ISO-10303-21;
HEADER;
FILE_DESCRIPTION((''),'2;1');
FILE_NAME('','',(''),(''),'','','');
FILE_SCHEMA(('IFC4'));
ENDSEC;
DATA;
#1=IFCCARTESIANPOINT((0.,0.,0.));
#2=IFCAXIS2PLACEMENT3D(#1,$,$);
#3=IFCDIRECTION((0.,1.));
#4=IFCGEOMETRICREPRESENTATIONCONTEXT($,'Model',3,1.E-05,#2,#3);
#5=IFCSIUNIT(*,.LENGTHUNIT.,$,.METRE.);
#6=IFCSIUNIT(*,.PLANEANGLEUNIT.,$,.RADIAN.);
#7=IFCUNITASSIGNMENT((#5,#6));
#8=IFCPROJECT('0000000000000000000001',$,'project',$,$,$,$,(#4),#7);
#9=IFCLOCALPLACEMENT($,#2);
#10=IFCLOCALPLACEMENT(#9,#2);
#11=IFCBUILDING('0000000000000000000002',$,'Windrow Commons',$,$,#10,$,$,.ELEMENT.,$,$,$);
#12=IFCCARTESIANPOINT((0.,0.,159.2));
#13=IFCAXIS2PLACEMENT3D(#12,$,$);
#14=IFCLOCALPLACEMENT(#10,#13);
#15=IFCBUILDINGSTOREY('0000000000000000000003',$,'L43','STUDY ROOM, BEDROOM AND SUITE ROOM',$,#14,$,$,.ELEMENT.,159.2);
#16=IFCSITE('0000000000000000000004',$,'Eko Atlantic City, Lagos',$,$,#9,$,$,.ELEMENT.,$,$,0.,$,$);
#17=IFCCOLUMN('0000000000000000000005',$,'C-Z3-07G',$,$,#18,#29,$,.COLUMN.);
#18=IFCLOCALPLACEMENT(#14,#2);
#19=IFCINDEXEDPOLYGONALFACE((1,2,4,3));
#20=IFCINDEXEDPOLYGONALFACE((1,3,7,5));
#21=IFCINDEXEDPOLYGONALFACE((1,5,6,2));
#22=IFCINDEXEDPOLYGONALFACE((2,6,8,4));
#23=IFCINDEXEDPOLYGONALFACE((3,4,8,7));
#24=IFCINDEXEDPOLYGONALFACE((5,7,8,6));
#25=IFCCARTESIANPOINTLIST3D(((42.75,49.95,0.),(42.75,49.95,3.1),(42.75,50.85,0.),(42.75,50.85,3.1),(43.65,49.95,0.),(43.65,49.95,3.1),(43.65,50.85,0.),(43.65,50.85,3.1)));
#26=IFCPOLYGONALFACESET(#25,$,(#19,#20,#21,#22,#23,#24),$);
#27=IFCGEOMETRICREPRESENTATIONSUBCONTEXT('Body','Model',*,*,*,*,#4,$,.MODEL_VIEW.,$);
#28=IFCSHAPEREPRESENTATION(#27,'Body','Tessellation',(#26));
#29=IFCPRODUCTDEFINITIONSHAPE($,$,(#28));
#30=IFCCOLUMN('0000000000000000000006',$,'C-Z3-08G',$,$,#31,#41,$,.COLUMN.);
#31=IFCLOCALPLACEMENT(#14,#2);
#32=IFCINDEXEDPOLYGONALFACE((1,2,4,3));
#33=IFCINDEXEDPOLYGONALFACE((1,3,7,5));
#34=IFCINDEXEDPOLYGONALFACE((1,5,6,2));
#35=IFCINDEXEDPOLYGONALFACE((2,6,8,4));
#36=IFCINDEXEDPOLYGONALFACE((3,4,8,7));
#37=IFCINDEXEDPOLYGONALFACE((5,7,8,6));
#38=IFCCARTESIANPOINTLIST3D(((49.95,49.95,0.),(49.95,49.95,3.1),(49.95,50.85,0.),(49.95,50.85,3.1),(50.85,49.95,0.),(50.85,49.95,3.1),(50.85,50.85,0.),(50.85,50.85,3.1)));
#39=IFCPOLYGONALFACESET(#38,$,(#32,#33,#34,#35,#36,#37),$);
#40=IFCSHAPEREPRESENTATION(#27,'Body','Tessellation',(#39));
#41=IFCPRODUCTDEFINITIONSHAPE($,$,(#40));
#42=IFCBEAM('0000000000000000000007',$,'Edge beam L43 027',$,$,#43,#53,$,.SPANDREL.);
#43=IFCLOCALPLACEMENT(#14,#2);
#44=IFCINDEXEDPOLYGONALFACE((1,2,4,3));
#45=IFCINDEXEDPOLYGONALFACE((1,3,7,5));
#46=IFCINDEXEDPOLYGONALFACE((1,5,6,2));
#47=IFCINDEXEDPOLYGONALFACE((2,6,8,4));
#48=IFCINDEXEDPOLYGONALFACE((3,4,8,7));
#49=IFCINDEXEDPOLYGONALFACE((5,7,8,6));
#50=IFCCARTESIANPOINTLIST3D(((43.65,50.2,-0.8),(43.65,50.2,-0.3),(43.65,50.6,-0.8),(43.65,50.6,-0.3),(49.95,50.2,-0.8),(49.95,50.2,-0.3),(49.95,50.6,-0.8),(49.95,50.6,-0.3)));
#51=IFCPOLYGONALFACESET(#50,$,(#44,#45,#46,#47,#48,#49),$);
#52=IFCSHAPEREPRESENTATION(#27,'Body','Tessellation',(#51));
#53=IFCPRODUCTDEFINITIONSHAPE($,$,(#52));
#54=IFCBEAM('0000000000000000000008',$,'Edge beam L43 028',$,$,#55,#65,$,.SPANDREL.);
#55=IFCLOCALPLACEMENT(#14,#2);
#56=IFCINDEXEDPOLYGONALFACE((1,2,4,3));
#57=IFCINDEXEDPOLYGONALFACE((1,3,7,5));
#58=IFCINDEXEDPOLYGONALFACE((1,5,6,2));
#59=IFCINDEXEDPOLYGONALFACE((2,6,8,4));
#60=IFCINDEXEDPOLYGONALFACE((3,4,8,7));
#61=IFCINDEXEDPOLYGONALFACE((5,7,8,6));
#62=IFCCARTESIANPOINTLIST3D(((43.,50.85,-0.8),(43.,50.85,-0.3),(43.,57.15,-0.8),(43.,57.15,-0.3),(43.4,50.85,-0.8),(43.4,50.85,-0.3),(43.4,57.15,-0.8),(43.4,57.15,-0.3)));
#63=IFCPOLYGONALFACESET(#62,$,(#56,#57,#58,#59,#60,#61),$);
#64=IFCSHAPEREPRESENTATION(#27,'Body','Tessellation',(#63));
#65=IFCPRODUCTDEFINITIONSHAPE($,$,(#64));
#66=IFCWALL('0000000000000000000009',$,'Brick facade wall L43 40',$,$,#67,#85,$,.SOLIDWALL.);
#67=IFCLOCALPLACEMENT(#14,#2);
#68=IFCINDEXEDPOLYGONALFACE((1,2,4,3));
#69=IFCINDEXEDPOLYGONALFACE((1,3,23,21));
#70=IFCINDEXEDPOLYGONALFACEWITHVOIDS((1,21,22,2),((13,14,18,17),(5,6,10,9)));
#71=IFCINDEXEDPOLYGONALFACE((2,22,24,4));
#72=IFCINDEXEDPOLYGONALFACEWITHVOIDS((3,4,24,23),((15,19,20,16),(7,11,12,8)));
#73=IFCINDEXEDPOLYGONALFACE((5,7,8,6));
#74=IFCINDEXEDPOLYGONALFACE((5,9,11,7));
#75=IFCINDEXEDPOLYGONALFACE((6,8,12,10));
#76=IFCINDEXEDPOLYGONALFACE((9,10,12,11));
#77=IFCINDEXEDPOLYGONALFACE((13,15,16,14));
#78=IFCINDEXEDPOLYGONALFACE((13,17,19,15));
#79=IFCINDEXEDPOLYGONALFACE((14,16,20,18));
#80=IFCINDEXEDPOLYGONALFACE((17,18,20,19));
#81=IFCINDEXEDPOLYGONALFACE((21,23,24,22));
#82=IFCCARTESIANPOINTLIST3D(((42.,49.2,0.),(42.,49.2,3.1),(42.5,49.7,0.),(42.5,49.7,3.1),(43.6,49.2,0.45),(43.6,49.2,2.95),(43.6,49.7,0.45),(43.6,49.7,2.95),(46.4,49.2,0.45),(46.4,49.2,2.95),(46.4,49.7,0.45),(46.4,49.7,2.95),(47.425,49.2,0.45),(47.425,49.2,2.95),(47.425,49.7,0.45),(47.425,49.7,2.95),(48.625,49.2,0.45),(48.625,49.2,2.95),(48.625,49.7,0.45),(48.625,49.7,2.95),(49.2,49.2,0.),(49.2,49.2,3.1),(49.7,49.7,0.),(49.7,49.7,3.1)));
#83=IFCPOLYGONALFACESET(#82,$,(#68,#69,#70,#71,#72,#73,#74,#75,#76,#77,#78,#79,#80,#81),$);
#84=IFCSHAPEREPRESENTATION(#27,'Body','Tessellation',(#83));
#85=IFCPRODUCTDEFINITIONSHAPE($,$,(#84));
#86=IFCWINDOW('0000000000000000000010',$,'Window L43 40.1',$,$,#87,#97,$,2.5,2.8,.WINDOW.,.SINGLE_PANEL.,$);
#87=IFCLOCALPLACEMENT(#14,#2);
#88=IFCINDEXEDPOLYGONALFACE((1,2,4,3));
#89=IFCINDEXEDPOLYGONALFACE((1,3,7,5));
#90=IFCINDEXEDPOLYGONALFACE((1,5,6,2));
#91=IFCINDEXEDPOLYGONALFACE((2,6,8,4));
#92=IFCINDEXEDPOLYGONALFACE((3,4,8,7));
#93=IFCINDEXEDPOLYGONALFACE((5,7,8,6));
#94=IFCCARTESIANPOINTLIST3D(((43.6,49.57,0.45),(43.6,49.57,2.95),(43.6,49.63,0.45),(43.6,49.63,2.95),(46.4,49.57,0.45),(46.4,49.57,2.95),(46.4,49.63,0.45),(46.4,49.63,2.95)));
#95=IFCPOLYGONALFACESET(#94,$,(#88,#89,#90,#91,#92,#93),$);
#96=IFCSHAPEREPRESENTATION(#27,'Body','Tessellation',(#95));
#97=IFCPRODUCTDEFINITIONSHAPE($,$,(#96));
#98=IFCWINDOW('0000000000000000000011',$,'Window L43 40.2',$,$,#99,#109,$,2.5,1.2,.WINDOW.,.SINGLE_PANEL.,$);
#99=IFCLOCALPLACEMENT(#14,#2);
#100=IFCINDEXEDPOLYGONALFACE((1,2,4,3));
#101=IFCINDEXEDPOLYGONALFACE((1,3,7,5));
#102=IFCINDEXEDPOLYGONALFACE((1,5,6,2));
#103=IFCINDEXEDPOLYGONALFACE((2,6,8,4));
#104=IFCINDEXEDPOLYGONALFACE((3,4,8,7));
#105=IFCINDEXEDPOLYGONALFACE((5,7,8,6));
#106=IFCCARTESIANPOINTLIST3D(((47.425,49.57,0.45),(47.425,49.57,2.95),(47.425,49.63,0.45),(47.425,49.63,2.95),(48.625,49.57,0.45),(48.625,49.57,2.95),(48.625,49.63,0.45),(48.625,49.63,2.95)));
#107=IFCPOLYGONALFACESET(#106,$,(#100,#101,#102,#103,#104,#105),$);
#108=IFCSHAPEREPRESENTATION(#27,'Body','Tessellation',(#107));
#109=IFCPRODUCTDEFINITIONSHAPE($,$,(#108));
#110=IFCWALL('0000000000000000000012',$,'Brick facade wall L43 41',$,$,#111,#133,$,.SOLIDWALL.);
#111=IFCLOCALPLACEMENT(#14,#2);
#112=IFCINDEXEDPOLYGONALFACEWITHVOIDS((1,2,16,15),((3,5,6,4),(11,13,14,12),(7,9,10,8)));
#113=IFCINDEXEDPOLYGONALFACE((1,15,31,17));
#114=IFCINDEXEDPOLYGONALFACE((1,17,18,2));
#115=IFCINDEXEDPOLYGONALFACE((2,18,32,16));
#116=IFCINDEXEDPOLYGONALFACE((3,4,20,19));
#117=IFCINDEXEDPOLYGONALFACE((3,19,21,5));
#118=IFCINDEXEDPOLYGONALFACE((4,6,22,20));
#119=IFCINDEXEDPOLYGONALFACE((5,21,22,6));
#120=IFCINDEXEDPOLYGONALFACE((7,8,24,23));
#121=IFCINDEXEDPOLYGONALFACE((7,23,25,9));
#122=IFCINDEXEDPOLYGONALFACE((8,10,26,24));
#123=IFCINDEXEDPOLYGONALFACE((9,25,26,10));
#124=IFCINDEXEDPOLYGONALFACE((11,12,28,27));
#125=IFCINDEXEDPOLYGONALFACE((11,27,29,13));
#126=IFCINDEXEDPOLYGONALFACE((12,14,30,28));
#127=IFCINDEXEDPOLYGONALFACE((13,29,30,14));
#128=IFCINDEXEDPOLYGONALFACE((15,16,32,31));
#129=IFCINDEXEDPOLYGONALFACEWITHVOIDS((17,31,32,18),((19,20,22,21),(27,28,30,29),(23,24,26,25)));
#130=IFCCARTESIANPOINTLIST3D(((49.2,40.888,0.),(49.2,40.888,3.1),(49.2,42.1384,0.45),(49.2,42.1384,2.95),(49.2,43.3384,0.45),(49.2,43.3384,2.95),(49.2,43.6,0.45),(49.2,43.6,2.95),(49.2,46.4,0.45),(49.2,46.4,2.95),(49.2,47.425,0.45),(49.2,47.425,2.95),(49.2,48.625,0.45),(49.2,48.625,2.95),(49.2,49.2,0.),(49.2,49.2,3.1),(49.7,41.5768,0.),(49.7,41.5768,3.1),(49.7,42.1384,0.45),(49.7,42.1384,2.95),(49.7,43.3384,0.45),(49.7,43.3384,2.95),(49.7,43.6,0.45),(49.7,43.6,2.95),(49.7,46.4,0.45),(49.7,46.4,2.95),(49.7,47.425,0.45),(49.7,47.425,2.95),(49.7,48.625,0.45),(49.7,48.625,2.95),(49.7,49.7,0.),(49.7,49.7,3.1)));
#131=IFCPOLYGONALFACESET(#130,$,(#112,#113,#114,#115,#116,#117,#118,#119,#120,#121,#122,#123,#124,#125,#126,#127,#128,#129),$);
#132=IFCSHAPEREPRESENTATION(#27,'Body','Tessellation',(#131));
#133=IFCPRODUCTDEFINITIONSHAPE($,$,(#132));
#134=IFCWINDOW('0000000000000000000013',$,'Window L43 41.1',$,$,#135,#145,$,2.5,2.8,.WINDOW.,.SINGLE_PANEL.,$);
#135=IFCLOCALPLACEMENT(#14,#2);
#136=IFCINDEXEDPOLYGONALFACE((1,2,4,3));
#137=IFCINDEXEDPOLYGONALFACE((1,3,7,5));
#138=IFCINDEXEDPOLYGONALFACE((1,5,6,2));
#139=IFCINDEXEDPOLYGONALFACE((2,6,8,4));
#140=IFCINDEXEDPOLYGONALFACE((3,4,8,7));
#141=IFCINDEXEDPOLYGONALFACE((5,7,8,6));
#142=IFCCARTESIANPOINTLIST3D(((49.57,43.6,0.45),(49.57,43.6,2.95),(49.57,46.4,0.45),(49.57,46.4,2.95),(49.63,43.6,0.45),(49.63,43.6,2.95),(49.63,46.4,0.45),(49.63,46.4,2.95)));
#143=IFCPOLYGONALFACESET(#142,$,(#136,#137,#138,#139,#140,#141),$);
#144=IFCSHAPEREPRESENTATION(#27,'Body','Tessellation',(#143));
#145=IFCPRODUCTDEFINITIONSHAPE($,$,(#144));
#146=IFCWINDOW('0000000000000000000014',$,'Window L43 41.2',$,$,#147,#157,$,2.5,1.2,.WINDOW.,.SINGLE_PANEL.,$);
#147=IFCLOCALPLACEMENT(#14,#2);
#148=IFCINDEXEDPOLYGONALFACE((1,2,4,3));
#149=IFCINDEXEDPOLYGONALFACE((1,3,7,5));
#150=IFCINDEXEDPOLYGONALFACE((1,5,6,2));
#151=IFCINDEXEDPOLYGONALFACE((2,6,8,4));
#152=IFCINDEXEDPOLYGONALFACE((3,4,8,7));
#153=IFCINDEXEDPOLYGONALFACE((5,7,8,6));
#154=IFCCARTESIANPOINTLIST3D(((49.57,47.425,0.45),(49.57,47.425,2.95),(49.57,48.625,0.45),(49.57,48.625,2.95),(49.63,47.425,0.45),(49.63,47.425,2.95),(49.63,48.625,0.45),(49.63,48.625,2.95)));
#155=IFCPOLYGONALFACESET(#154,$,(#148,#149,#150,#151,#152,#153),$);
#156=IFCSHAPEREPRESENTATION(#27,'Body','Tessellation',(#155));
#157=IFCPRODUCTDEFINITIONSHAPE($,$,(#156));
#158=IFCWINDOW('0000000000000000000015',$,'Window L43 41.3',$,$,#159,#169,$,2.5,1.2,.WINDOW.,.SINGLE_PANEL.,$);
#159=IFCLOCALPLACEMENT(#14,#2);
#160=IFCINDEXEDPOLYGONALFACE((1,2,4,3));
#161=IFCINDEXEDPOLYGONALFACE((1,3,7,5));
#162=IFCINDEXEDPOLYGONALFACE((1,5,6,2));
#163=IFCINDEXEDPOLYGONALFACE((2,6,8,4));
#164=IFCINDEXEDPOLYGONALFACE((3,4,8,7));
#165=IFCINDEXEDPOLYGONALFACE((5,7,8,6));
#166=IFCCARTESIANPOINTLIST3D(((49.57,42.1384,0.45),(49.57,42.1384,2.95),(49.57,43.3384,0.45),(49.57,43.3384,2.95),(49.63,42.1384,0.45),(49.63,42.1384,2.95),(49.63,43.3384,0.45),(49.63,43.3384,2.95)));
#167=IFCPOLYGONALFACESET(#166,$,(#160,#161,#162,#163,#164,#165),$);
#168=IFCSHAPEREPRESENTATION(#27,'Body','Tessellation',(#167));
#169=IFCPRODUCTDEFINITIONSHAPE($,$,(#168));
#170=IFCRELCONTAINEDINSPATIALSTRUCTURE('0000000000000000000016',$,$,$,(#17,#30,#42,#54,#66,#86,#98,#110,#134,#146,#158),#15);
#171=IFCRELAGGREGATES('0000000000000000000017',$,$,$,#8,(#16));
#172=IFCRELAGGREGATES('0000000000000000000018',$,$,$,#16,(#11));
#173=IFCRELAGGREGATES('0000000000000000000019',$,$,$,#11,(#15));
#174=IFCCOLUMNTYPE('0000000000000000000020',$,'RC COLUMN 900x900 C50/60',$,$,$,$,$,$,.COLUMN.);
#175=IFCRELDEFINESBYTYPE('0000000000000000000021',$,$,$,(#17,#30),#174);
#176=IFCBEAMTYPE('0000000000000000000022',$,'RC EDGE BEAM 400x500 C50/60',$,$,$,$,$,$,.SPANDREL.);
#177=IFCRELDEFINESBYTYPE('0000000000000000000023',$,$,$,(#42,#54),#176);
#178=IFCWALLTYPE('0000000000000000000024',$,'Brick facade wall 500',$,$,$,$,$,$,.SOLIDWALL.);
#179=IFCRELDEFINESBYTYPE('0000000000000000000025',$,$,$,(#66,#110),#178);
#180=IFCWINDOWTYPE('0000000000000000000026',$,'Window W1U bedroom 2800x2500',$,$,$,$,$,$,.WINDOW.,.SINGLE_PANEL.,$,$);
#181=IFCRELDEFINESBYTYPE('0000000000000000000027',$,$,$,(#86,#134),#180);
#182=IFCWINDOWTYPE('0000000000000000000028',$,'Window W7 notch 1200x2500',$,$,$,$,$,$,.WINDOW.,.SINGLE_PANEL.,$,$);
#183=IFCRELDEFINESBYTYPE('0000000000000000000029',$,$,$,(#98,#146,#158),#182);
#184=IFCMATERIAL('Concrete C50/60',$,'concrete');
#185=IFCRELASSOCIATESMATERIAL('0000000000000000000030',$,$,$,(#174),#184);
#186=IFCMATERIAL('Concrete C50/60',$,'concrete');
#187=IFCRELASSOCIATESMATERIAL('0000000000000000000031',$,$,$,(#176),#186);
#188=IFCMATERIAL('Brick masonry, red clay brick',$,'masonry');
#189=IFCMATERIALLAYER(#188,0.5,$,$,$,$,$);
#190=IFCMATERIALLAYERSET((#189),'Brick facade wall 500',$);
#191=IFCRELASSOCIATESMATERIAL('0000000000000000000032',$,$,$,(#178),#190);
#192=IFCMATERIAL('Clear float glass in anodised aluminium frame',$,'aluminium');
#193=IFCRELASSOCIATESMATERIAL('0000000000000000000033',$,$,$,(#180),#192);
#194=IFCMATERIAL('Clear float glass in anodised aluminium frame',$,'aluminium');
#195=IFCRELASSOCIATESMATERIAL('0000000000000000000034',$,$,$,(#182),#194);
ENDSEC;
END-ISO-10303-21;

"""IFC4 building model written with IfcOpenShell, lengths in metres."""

from ifc_helpers import new_model, si_unit, direction, frame, frame_2d, origin, origin_2d, place, context, subcontext, project, spatial, polyline, rectangle, outline, extrude, material, layer, layer_set, material_profile, profile_set, type_object, element, fill, save


model = new_model("IFC4")

# Units and contexts
model_context = context("Model", 3, precision=1e-05, world=origin(), true_north=direction((0.0, 1.0)))
body_context = subcontext(model_context, "Body", "Model", "MODEL_VIEW")
ifc_project = project(units=[si_unit("LENGTHUNIT", "METRE"), si_unit("PLANEANGLEUNIT", "RADIAN")], contexts=[model_context])

# Site, building, storey
site_placement = place(None, origin())
site = spatial("IfcSite", under=ifc_project, at=site_placement, Name="Eko Atlantic City, Lagos", CompositionType="ELEMENT", RefElevation=0.0)
building_placement = place(site_placement, origin())
building = spatial("IfcBuilding", under=site, at=building_placement, Name="Windrow Commons", CompositionType="ELEMENT")
storey_placement = place(building_placement, frame((0.0, 0.0, 159.2)))
storey = spatial("IfcBuildingStorey", under=building, at=storey_placement, Name="L43", Description="STUDY ROOM, BEDROOM AND SUITE ROOM", CompositionType="ELEMENT", Elevation=159.2)

# Columns
ifc_material_1 = material(Name="Concrete C50/60", Category="concrete")
ifc_material_profile_1 = material_profile(ifc_material_1, rectangle(XDim=0.9, YDim=0.9, at=origin_2d()))
ifc_profile_set_1 = profile_set([ifc_material_profile_1], Name="Concrete C50/60")
column_type = type_object("IfcColumnType", Name="RC COLUMN 900x900 C50/60", PredefinedType="COLUMN", material=ifc_profile_set_1)
for number, where, z_axis, x_axis, name in (
    (1, (43.2, 50.4, 0.0), (0.0, 0.0, 1.0), (1.0, 0.0, 0.0), "C-Z3-07G"),
    (2, (50.4, 50.4, 0.0), (0.0, 0.0, 1.0), (1.0, 0.0, 0.0), "C-Z3-08G"),
):
    element("IfcColumn", number, at=place(storey_placement, frame(where, z_axis=z_axis, x_axis=x_axis)), inside=storey, type_object=column_type, Name=name, PredefinedType="COLUMN", context=body_context, shape_type="SweptSolid", body=[
        extrude(rectangle(XDim=0.9, YDim=0.9, at=origin_2d()), origin(), (0.0, 0.0, 1.0), 3.1),
    ])

# Beams
ifc_material_2 = material(Name="Concrete C50/60", Category="concrete")
ifc_material_profile_2 = material_profile(ifc_material_2, rectangle(XDim=0.4, YDim=0.5, at=origin_2d()))
ifc_profile_set_2 = profile_set([ifc_material_profile_2], Name="Concrete C50/60")
beam_type = type_object("IfcBeamType", Name="RC EDGE BEAM 400x500 C50/60", PredefinedType="SPANDREL", material=ifc_profile_set_2)
for number, where, z_axis, x_axis, name in (
    (3, (49.95, 50.4, -0.55), (-1.0, 0.0, 0.0), (0.0, -1.0, 0.0), "Edge beam L43 027"),
    (4, (43.2, 50.85, -0.55), (0.0, 1.0, 0.0), (-1.0, 0.0, 0.0), "Edge beam L43 028"),
):
    element("IfcBeam", number, at=place(storey_placement, frame(where, z_axis=z_axis, x_axis=x_axis)), inside=storey, type_object=beam_type, Name=name, PredefinedType="SPANDREL", context=body_context, shape_type="SweptSolid", body=[
        extrude(rectangle(XDim=0.4, YDim=0.5, at=origin_2d()), origin(), (0.0, 0.0, 1.0), 6.3),
    ])

# Walls, openings, windows
ifc_material_3 = material(Name="Brick masonry, red clay brick", Category="masonry")
ifc_layer_1 = layer(ifc_material_3, 0.5)
ifc_layer_set_1 = layer_set([ifc_layer_1], Name="Brick facade wall 500")
wall_type_1 = type_object("IfcWallType", Name="Brick facade wall 500", PredefinedType="SOLIDWALL", material=ifc_layer_set_1)
wall_1_placement = place(storey_placement, frame((42.25, 49.45, 0.0), z_axis=(0.0, 0.0, 1.0), x_axis=(1.0, 0.0, 0.0)))
wall_1 = element("IfcWall", 5, at=wall_1_placement, inside=storey, type_object=wall_type_1, Name="Brick facade wall L43 40", PredefinedType="SOLIDWALL", context=body_context, shape_type="SweptSolid", body=[
    extrude(outline(polyline([(-0.25, -0.25), (6.95, -0.25), (7.45, 0.25), (0.25, 0.25), (-0.25, -0.25)])), origin(), (0.0, 0.0, 1.0), 3.1),
])
opening_1_placement = place(wall_1_placement, frame((1.35, 0.0, 0.45)))
opening_1 = element("IfcOpeningElement", 6, at=opening_1_placement, cuts=wall_1, PredefinedType="OPENING", context=body_context, shape_type="SweptSolid", body=[
    extrude(rectangle(XDim=2.8, YDim=2.5, at=frame_2d((1.4, 1.25))), frame((0.0, 0.26, 0.0), z_axis=(0.0, -1.0, 0.0), x_axis=(1.0, 0.0, 0.0)), (0.0, 0.0, 1.0), 0.52),
])
opening_2_placement = place(wall_1_placement, frame((5.175, 0.0, 0.45)))
opening_2 = element("IfcOpeningElement", 7, at=opening_2_placement, cuts=wall_1, PredefinedType="OPENING", context=body_context, shape_type="SweptSolid", body=[
    extrude(rectangle(XDim=1.2, YDim=2.5, at=frame_2d((0.6, 1.25))), frame((0.0, 0.26, 0.0), z_axis=(0.0, -1.0, 0.0), x_axis=(1.0, 0.0, 0.0)), (0.0, 0.0, 1.0), 0.52),
])
ifc_material_4 = material(Name="Clear float glass in anodised aluminium frame", Category="aluminium")
window_type_1 = type_object("IfcWindowType", Name="Window W1U bedroom 2800x2500", PartitioningType="SINGLE_PANEL", PredefinedType="WINDOW", material=ifc_material_4)
window_1_placement = place(opening_1_placement, origin())
window_1 = element("IfcWindow", 8, at=window_1_placement, inside=storey, type_object=window_type_1, Name="Window L43 40.1", OverallHeight=2.5, OverallWidth=2.8, PartitioningType="SINGLE_PANEL", PredefinedType="WINDOW", context=body_context, shape_type="SweptSolid", body=[
    extrude(rectangle(XDim=2.8, YDim=2.5, at=frame_2d((1.4, 1.25))), frame((0.0, 0.18, 0.0), z_axis=(0.0, -1.0, 0.0), x_axis=(1.0, 0.0, 0.0)), (0.0, 0.0, 1.0), 0.06),
])
fill(opening_1, window_1)
ifc_material_5 = material(Name="Clear float glass in anodised aluminium frame", Category="aluminium")
window_type_2 = type_object("IfcWindowType", Name="Window W7 notch 1200x2500", PartitioningType="SINGLE_PANEL", PredefinedType="WINDOW", material=ifc_material_5)
window_2_placement = place(opening_2_placement, origin())
window_2 = element("IfcWindow", 9, at=window_2_placement, inside=storey, type_object=window_type_2, Name="Window L43 40.2", OverallHeight=2.5, OverallWidth=1.2, PartitioningType="SINGLE_PANEL", PredefinedType="WINDOW", context=body_context, shape_type="SweptSolid", body=[
    extrude(rectangle(XDim=1.2, YDim=2.5, at=frame_2d((0.6, 1.25))), frame((0.0, 0.18, 0.0), z_axis=(0.0, -1.0, 0.0), x_axis=(1.0, 0.0, 0.0)), (0.0, 0.0, 1.0), 0.06),
])
fill(opening_2, window_2)
wall_2_placement = place(storey_placement, frame((49.45, 49.45, 0.0), z_axis=(0.0, 0.0, 1.0), x_axis=(0.0, -1.0, 0.0)))
wall_2 = element("IfcWall", 10, at=wall_2_placement, inside=storey, type_object=wall_type_1, Name="Brick facade wall L43 41", PredefinedType="SOLIDWALL", context=body_context, shape_type="SweptSolid", body=[
    extrude(outline(polyline([(0.25, -0.25), (8.562, -0.25), (7.8732, 0.25), (-0.25, 0.25), (0.25, -0.25)])), origin(), (0.0, 0.0, 1.0), 3.1),
])
opening_3_placement = place(wall_2_placement, frame((3.05, 0.0, 0.45)))
opening_3 = element("IfcOpeningElement", 11, at=opening_3_placement, cuts=wall_2, PredefinedType="OPENING", context=body_context, shape_type="SweptSolid", body=[
    extrude(rectangle(XDim=2.8, YDim=2.5, at=frame_2d((1.4, 1.25))), frame((0.0, 0.26, 0.0), z_axis=(0.0, -1.0, 0.0), x_axis=(1.0, 0.0, 0.0)), (0.0, 0.0, 1.0), 0.52),
])
opening_4_placement = place(wall_2_placement, frame((0.825, 0.0, 0.45)))
opening_4 = element("IfcOpeningElement", 12, at=opening_4_placement, cuts=wall_2, PredefinedType="OPENING", context=body_context, shape_type="SweptSolid", body=[
    extrude(rectangle(XDim=1.2, YDim=2.5, at=frame_2d((0.6, 1.25))), frame((0.0, 0.26, 0.0), z_axis=(0.0, -1.0, 0.0), x_axis=(1.0, 0.0, 0.0)), (0.0, 0.0, 1.0), 0.52),
])
opening_5_placement = place(wall_2_placement, frame((6.1116, 0.0, 0.45)))
opening_5 = element("IfcOpeningElement", 13, at=opening_5_placement, cuts=wall_2, PredefinedType="OPENING", context=body_context, shape_type="SweptSolid", body=[
    extrude(rectangle(XDim=1.2, YDim=2.5, at=frame_2d((0.6, 1.25))), frame((0.0, 0.26, 0.0), z_axis=(0.0, -1.0, 0.0), x_axis=(1.0, 0.0, 0.0)), (0.0, 0.0, 1.0), 0.52),
])
window_3_placement = place(opening_3_placement, origin())
window_3 = element("IfcWindow", 14, at=window_3_placement, inside=storey, type_object=window_type_1, Name="Window L43 41.1", OverallHeight=2.5, OverallWidth=2.8, PartitioningType="SINGLE_PANEL", PredefinedType="WINDOW", context=body_context, shape_type="SweptSolid", body=[
    extrude(rectangle(XDim=2.8, YDim=2.5, at=frame_2d((1.4, 1.25))), frame((0.0, 0.18, 0.0), z_axis=(0.0, -1.0, 0.0), x_axis=(1.0, 0.0, 0.0)), (0.0, 0.0, 1.0), 0.06),
])
fill(opening_3, window_3)
window_4_placement = place(opening_4_placement, origin())
window_4 = element("IfcWindow", 15, at=window_4_placement, inside=storey, type_object=window_type_2, Name="Window L43 41.2", OverallHeight=2.5, OverallWidth=1.2, PartitioningType="SINGLE_PANEL", PredefinedType="WINDOW", context=body_context, shape_type="SweptSolid", body=[
    extrude(rectangle(XDim=1.2, YDim=2.5, at=frame_2d((0.6, 1.25))), frame((0.0, 0.18, 0.0), z_axis=(0.0, -1.0, 0.0), x_axis=(1.0, 0.0, 0.0)), (0.0, 0.0, 1.0), 0.06),
])
fill(opening_4, window_4)
window_5_placement = place(opening_5_placement, origin())
window_5 = element("IfcWindow", 16, at=window_5_placement, inside=storey, type_object=window_type_2, Name="Window L43 41.3", OverallHeight=2.5, OverallWidth=1.2, PartitioningType="SINGLE_PANEL", PredefinedType="WINDOW", context=body_context, shape_type="SweptSolid", body=[
    extrude(rectangle(XDim=1.2, YDim=2.5, at=frame_2d((0.6, 1.25))), frame((0.0, 0.18, 0.0), z_axis=(0.0, -1.0, 0.0), x_axis=(1.0, 0.0, 0.0)), (0.0, 0.0, 1.0), 0.06),
])
fill(opening_5, window_5)

save(model, "model.ifc")
